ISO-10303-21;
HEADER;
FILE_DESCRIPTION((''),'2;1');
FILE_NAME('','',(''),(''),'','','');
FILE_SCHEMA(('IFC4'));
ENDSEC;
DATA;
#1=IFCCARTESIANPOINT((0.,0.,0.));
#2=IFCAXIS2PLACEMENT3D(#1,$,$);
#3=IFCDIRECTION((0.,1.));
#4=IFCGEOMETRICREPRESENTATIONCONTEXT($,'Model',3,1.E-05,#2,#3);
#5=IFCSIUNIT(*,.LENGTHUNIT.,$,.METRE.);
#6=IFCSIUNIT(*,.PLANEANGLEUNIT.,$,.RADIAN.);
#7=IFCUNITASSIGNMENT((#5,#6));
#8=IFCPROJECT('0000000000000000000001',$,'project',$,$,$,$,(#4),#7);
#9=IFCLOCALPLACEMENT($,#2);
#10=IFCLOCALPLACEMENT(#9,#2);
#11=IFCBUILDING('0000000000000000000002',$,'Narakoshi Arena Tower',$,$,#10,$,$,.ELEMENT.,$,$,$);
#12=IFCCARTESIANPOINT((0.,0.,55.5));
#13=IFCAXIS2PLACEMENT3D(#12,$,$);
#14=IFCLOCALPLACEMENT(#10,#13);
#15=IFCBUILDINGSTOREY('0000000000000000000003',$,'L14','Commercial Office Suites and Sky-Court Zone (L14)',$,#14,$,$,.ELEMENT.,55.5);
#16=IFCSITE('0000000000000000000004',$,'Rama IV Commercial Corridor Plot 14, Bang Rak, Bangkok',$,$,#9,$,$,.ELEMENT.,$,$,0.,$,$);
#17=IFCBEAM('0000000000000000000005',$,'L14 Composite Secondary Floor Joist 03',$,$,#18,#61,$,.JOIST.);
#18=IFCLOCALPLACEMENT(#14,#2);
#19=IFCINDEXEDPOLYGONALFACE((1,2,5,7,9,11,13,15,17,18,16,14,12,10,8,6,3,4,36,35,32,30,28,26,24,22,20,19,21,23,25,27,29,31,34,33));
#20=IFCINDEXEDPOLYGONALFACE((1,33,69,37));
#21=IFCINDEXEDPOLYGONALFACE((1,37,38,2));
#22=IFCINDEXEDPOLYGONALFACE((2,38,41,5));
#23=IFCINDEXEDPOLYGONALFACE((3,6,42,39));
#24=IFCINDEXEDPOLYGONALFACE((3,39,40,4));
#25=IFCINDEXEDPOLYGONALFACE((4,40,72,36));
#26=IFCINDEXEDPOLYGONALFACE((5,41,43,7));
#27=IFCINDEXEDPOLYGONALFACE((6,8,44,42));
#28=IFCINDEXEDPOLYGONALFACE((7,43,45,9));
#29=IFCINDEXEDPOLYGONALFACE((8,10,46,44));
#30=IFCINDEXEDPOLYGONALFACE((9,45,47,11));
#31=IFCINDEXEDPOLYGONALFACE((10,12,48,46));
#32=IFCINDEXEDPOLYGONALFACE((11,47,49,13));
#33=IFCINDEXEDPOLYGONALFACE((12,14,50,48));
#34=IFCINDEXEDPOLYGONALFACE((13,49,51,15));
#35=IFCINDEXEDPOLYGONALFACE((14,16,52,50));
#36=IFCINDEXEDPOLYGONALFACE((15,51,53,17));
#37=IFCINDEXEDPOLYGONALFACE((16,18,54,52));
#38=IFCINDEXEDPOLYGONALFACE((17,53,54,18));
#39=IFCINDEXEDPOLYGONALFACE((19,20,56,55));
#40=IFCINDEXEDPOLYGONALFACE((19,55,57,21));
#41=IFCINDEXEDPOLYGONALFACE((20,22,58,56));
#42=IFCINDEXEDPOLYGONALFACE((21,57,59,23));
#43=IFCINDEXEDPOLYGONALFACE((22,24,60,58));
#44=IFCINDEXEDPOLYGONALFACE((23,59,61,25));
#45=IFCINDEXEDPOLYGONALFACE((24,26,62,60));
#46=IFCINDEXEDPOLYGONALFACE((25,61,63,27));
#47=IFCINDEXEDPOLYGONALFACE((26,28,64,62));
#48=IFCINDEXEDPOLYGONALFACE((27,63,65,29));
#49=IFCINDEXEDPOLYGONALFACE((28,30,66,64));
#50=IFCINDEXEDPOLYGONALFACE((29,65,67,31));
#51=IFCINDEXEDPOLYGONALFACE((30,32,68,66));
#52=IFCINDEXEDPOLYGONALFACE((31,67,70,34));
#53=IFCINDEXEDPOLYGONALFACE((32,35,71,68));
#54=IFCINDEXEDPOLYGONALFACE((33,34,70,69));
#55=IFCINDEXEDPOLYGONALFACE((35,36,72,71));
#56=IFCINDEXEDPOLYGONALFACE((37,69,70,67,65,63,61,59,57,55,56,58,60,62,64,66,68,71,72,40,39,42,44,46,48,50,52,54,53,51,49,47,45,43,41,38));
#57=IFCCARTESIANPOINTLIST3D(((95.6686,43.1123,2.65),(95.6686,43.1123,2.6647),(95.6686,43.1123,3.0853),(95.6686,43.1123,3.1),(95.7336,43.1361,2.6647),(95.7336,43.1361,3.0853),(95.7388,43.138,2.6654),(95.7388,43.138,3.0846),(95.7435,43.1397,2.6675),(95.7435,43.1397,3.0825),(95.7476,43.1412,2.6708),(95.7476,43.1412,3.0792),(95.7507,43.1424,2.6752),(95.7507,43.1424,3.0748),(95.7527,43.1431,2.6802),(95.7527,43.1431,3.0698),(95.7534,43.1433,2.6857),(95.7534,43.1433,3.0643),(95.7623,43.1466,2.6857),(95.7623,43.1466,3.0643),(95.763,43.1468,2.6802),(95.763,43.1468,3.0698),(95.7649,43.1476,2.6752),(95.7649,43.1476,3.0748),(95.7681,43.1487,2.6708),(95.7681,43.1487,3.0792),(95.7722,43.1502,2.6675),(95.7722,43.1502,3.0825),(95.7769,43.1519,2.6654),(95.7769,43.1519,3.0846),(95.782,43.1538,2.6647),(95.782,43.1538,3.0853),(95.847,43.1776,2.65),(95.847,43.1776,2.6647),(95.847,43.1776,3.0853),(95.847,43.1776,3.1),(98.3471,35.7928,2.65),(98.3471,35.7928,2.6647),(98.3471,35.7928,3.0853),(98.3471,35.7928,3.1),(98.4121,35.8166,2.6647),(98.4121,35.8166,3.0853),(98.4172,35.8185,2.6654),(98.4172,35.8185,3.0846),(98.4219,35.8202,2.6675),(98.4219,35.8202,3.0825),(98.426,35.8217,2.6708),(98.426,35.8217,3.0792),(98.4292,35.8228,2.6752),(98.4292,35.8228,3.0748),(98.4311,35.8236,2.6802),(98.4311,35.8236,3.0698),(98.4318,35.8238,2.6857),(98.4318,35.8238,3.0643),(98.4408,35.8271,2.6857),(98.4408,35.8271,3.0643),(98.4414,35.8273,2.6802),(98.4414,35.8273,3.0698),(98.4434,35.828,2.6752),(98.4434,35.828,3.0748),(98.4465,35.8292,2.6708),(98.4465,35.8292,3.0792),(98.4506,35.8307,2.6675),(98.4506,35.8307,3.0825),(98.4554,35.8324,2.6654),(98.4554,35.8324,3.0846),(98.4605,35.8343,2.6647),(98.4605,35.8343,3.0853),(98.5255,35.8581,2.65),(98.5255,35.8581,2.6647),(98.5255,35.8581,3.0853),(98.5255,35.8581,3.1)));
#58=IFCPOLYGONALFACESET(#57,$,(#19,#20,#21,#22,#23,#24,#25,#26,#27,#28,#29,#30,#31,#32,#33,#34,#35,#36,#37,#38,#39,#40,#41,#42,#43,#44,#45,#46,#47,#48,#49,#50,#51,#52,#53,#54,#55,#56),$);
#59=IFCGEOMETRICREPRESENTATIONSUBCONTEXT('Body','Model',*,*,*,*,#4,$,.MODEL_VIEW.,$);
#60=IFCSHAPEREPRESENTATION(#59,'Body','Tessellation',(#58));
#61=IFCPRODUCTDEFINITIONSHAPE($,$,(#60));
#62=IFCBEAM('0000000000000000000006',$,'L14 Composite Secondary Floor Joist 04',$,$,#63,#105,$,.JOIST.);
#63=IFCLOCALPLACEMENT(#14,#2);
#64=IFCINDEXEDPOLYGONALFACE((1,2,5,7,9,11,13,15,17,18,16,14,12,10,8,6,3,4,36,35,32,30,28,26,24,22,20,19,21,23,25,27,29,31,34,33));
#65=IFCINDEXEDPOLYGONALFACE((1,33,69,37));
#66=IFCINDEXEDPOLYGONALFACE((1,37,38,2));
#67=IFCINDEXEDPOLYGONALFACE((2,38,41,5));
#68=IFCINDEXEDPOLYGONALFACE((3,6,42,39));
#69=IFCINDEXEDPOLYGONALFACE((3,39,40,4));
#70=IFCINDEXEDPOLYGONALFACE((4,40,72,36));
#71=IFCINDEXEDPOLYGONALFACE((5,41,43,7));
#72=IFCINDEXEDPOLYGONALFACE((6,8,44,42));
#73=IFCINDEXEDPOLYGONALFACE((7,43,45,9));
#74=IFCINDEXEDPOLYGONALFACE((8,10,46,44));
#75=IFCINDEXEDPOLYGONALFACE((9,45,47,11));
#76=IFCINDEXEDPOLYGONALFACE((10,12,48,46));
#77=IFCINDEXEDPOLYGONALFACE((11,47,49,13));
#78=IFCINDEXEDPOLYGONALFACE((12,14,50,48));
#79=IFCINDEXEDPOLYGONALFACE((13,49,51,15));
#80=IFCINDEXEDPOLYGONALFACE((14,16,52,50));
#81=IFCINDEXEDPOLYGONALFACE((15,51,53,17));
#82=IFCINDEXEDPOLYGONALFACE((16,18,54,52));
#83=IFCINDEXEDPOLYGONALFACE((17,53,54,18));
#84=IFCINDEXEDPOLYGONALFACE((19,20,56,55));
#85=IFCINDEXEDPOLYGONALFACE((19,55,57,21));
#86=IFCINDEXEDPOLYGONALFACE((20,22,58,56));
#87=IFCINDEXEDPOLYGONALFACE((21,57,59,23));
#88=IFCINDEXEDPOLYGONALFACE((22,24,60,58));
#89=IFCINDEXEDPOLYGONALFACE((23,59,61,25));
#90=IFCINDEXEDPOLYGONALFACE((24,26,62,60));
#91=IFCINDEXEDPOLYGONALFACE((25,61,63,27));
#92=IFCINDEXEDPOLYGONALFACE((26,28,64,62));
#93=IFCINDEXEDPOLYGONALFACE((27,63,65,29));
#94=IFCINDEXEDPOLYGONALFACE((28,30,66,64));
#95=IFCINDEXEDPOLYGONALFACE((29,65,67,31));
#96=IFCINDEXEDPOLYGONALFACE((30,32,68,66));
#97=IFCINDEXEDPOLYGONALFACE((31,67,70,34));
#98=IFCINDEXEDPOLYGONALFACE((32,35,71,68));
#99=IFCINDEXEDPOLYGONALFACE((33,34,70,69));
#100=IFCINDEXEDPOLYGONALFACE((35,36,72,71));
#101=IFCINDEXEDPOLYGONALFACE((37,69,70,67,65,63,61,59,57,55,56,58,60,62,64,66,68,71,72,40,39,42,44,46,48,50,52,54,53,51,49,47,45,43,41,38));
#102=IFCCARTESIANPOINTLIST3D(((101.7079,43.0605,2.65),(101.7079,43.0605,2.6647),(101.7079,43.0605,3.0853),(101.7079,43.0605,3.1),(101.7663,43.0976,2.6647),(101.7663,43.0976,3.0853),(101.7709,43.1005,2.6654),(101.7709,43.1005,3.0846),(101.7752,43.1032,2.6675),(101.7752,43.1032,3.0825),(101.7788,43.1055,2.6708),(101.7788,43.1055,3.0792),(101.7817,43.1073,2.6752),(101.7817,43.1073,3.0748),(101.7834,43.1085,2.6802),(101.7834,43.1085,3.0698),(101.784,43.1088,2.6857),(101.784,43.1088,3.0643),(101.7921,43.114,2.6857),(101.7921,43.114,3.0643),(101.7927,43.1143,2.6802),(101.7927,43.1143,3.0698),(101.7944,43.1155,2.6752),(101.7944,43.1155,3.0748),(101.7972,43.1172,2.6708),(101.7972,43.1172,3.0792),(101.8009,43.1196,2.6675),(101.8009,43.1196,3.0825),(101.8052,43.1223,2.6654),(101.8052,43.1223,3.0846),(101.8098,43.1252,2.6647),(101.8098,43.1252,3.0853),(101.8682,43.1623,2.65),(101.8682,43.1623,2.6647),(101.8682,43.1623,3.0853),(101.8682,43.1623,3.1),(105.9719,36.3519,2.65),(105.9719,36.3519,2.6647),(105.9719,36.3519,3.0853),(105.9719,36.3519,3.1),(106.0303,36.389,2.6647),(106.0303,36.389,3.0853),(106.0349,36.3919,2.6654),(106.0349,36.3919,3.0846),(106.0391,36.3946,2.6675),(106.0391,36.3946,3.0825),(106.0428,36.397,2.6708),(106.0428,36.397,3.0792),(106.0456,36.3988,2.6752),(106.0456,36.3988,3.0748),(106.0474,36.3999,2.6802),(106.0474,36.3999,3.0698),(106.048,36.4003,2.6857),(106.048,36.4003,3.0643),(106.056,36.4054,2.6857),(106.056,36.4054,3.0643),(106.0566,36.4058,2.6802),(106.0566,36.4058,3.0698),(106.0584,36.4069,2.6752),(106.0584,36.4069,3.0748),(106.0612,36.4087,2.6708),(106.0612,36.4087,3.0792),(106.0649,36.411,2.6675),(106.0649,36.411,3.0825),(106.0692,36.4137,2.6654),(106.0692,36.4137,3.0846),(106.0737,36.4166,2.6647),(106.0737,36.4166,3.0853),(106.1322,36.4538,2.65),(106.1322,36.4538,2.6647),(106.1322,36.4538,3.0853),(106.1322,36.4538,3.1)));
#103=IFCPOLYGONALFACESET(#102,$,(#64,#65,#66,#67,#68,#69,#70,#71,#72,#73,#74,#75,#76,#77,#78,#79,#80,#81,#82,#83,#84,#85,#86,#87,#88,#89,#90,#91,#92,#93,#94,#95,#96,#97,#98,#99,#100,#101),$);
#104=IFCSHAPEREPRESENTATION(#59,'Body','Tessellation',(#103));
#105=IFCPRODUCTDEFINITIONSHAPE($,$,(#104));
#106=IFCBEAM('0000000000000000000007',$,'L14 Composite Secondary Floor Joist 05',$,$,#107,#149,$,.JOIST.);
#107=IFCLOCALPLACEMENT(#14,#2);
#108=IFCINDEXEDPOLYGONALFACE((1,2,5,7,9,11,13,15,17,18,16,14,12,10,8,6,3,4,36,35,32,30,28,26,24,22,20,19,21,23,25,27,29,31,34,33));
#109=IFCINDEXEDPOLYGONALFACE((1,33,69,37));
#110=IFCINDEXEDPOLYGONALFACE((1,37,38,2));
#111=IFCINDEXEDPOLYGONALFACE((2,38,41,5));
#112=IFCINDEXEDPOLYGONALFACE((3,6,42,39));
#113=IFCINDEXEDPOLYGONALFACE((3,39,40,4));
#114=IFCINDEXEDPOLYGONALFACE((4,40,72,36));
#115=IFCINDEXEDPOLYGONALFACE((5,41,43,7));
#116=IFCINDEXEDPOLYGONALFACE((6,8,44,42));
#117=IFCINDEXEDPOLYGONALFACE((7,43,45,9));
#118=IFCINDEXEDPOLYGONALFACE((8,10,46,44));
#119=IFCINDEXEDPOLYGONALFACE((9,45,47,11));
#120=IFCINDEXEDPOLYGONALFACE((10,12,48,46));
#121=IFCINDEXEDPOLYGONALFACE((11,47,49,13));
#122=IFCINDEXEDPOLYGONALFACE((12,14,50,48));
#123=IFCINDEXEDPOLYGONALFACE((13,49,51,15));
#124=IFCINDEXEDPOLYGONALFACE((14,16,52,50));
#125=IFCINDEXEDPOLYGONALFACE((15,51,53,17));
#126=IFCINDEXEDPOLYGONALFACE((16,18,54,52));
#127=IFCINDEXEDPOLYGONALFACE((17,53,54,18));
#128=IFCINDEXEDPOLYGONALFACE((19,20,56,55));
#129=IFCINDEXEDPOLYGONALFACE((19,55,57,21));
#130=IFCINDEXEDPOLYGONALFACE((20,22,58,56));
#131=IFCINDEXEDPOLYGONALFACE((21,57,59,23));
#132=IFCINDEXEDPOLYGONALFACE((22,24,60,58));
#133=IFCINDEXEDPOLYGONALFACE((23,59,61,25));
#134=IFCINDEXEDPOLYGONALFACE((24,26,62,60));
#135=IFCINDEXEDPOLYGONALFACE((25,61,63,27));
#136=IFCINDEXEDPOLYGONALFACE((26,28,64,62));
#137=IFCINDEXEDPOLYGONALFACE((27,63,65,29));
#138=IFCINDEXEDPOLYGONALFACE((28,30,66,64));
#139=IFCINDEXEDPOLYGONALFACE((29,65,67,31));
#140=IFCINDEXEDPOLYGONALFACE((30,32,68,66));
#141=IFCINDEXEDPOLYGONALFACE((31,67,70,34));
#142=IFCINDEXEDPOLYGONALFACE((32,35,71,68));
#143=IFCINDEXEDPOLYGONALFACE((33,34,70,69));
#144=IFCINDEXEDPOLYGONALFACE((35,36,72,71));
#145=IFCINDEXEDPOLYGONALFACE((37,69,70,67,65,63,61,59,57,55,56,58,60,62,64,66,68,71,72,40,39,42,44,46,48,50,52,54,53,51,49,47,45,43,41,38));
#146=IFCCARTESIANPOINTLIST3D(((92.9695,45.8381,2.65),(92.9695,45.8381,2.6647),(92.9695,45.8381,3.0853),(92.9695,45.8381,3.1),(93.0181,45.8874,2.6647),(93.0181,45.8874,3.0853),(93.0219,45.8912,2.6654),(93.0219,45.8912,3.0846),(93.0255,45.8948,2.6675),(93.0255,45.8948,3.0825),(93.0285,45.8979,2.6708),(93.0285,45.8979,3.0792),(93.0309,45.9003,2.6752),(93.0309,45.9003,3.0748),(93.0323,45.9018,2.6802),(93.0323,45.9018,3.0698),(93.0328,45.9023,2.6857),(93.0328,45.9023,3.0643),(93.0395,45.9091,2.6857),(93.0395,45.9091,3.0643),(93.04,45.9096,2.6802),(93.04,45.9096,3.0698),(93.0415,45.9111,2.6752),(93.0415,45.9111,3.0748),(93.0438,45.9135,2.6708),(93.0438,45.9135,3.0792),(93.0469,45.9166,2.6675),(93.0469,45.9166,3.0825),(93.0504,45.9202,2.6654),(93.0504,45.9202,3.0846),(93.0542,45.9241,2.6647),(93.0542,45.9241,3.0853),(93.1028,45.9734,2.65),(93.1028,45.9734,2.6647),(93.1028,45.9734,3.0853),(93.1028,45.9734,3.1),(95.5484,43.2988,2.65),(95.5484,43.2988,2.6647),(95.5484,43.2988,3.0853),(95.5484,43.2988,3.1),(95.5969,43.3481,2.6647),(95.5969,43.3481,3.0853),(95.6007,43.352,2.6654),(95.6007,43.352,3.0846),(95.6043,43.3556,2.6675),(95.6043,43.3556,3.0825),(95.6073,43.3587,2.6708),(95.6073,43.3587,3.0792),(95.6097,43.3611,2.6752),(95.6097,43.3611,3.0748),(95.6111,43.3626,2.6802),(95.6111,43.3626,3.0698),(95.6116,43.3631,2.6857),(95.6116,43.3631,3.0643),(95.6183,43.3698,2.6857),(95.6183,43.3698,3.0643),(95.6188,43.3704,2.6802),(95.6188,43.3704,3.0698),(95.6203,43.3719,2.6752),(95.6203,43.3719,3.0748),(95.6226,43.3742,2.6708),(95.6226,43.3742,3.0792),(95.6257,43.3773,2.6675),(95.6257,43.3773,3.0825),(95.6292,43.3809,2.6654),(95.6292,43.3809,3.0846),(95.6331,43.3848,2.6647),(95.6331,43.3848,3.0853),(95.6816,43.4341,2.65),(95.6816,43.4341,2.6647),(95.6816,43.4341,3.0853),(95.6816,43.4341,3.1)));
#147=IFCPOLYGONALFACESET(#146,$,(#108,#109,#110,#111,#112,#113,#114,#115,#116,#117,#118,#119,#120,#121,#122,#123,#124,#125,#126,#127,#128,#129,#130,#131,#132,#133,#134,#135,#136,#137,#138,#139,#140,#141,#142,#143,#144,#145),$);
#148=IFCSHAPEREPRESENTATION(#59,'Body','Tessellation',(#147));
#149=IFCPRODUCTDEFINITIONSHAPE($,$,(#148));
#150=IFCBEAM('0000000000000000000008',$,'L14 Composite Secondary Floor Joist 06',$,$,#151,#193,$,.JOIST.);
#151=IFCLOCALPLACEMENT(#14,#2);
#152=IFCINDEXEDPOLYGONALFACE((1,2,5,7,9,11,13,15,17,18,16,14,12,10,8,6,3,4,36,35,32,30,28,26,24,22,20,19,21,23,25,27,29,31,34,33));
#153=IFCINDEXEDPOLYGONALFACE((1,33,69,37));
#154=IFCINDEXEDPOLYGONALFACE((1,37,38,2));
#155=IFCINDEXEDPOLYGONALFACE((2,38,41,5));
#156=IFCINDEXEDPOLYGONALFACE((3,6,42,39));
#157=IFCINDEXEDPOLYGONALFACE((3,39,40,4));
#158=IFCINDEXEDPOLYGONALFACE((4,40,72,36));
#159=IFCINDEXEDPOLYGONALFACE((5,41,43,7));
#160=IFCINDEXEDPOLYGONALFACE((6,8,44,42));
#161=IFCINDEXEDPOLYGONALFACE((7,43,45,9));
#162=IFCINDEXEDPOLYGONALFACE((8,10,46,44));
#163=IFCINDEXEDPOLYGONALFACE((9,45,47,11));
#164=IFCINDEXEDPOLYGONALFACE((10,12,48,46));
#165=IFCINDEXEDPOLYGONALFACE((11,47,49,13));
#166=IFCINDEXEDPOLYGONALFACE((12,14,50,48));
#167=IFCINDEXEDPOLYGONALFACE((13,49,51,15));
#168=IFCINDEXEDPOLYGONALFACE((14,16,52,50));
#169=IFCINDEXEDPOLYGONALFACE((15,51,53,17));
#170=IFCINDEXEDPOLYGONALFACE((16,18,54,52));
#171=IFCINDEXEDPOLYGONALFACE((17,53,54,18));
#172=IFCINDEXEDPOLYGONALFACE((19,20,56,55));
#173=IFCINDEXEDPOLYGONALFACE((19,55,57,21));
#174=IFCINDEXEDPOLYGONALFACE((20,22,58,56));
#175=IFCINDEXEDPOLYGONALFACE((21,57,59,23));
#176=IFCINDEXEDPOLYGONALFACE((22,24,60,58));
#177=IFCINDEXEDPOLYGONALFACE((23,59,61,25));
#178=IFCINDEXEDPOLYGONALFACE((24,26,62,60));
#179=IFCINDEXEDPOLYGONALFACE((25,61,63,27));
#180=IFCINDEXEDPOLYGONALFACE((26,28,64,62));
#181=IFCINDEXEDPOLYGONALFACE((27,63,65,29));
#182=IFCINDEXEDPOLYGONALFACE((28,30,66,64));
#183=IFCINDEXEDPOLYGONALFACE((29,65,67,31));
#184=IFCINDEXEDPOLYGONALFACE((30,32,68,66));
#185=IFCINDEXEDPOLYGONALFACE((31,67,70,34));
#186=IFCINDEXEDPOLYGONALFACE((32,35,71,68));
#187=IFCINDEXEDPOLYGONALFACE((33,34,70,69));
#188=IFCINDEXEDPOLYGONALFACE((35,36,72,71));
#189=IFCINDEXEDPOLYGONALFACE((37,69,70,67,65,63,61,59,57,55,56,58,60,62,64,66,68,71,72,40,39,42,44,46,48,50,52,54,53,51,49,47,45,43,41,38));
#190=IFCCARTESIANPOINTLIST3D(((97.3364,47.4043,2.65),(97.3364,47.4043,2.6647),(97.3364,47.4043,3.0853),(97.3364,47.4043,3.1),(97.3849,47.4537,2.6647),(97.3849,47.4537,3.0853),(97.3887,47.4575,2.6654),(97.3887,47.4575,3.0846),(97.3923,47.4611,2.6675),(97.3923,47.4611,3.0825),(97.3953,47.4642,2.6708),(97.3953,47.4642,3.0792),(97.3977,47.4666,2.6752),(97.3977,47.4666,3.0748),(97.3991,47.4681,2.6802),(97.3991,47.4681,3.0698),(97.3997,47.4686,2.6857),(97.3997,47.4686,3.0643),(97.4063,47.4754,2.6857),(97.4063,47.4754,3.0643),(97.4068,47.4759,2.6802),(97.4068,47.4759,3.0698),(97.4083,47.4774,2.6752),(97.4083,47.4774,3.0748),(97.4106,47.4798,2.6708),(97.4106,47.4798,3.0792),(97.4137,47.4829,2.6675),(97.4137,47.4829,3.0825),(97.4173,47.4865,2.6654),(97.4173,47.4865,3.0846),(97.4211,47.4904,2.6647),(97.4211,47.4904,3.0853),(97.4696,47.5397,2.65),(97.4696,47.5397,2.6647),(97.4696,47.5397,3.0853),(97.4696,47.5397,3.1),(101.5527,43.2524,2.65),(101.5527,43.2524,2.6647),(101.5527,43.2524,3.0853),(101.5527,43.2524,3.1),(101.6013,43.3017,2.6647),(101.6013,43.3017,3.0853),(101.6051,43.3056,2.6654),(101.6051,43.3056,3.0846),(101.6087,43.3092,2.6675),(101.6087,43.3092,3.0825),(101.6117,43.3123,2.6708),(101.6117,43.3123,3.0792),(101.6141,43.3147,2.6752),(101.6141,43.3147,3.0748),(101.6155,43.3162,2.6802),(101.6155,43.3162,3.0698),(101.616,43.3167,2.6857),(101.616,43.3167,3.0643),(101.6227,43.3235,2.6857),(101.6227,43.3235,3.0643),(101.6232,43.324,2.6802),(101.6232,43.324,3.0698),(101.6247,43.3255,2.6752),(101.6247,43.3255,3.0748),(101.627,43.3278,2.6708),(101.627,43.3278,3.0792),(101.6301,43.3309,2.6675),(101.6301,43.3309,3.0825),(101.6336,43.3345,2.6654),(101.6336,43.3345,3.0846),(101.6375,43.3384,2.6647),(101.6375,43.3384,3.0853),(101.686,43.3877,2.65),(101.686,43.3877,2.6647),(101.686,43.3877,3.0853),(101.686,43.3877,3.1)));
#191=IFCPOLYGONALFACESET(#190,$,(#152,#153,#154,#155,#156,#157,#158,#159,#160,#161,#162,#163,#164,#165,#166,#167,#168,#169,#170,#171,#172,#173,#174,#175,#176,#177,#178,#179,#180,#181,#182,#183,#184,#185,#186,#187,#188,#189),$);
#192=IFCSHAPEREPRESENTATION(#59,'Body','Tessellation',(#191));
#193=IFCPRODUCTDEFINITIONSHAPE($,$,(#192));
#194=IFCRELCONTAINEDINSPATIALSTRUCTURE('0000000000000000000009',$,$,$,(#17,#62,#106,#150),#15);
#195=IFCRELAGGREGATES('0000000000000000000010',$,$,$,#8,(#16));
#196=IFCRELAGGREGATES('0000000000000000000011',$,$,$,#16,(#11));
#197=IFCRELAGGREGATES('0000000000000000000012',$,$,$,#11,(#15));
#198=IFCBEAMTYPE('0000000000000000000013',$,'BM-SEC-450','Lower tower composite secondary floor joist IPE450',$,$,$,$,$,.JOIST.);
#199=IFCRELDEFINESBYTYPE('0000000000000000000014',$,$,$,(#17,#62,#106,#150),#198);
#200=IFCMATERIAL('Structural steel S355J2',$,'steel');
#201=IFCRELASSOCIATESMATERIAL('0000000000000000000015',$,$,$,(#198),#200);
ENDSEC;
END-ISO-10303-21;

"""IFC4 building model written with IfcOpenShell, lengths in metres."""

from ifc_helpers import new_model, si_unit, direction, frame, origin, origin_2d, place, context, subcontext, project, spatial, i_section, extrude, material, material_profile, profile_set, type_object, element, save


model = new_model("IFC4")

# Units and contexts
model_context = context("Model", 3, precision=1e-05, world=origin(), true_north=direction((0.0, 1.0)))
body_context = subcontext(model_context, "Body", "Model", "MODEL_VIEW")
ifc_project = project(units=[si_unit("LENGTHUNIT", "METRE"), si_unit("PLANEANGLEUNIT", "RADIAN")], contexts=[model_context])

# Site, building, storey
site_placement = place(None, origin())
site = spatial("IfcSite", under=ifc_project, at=site_placement, Name="Rama IV Commercial Corridor Plot 14, Bang Rak, Bangkok", CompositionType="ELEMENT", RefElevation=0.0)
building_placement = place(site_placement, origin())
building = spatial("IfcBuilding", under=site, at=building_placement, Name="Narakoshi Arena Tower", CompositionType="ELEMENT")
storey_placement = place(building_placement, frame((0.0, 0.0, 55.5)))
storey = spatial("IfcBuildingStorey", under=building, at=storey_placement, Name="L14", Description="Commercial Office Suites and Sky-Court Zone (L14)", CompositionType="ELEMENT", Elevation=55.5)

# Beams
ifc_material_1 = material(Name="Structural steel S355J2", Category="steel")
ifc_material_profile_1 = material_profile(ifc_material_1, i_section(OverallWidth=0.1899, OverallDepth=0.45, WebThickness=0.0095, FlangeThickness=0.0146, FilletRadius=0.021, at=origin_2d()), Name="IPE450")
ifc_profile_set_1 = profile_set([ifc_material_profile_1], Name="Structural steel S355J2")
beam_type_1 = type_object("IfcBeamType", Name="BM-SEC-450", Description="Lower tower composite secondary floor joist IPE450", PredefinedType="JOIST", material=ifc_profile_set_1)
beam_1_placement = place(storey_placement, frame((98.4363, 35.8254, 2.875), z_axis=(-0.343646, 0.939099, 0.0), x_axis=(-0.939099, -0.343646, 0.0)))
element("IfcBeam", 1, at=beam_1_placement, inside=storey, type_object=beam_type_1, Name="L14 Composite Secondary Floor Joist 03", PredefinedType="JOIST", context=body_context, shape_type="SweptSolid", body=[
    extrude(i_section(OverallWidth=0.1899, OverallDepth=0.45, WebThickness=0.0095, FlangeThickness=0.0146, FilletRadius=0.021, at=origin_2d()), origin(), (0.0, 0.0, 1.0), 7.7942),
])
beam_2_placement = place(storey_placement, frame((106.052, 36.4028, 2.875), z_axis=(-0.536416, 0.843954, 0.0), x_axis=(-0.843954, -0.536416, 0.0)))
element("IfcBeam", 2, at=beam_2_placement, inside=storey, type_object=beam_type_1, Name="L14 Composite Secondary Floor Joist 04", PredefinedType="JOIST", context=body_context, shape_type="SweptSolid", body=[
    extrude(i_section(OverallWidth=0.1899, OverallDepth=0.45, WebThickness=0.0095, FlangeThickness=0.0146, FilletRadius=0.021, at=origin_2d()), origin(), (0.0, 0.0, 1.0), 7.949),
])
beam_3_placement = place(storey_placement, frame((95.615, 43.3665, 2.875), z_axis=(-0.71255, 0.701622, 0.0), x_axis=(-0.701622, -0.71255, 0.0)))
element("IfcBeam", 3, at=beam_3_placement, inside=storey, type_object=beam_type_1, Name="L14 Composite Secondary Floor Joist 05", PredefinedType="JOIST", context=body_context, shape_type="SweptSolid", body=[
    extrude(i_section(OverallWidth=0.1899, OverallDepth=0.45, WebThickness=0.0095, FlangeThickness=0.0146, FilletRadius=0.021, at=origin_2d()), origin(), (0.0, 0.0, 1.0), 3.6191),
])
beam_4_placement = place(storey_placement, frame((101.6194, 43.3201, 2.875), z_axis=(-0.712532, 0.70164, 0.0), x_axis=(-0.70164, -0.712532, 0.0)))
element("IfcBeam", 4, at=beam_4_placement, inside=storey, type_object=beam_type_1, Name="L14 Composite Secondary Floor Joist 06", PredefinedType="JOIST", context=body_context, shape_type="SweptSolid", body=[
    extrude(i_section(OverallWidth=0.1899, OverallDepth=0.45, WebThickness=0.0095, FlangeThickness=0.0146, FilletRadius=0.021, at=origin_2d()), origin(), (0.0, 0.0, 1.0), 5.9175),
])

save(model, "model.ifc")
